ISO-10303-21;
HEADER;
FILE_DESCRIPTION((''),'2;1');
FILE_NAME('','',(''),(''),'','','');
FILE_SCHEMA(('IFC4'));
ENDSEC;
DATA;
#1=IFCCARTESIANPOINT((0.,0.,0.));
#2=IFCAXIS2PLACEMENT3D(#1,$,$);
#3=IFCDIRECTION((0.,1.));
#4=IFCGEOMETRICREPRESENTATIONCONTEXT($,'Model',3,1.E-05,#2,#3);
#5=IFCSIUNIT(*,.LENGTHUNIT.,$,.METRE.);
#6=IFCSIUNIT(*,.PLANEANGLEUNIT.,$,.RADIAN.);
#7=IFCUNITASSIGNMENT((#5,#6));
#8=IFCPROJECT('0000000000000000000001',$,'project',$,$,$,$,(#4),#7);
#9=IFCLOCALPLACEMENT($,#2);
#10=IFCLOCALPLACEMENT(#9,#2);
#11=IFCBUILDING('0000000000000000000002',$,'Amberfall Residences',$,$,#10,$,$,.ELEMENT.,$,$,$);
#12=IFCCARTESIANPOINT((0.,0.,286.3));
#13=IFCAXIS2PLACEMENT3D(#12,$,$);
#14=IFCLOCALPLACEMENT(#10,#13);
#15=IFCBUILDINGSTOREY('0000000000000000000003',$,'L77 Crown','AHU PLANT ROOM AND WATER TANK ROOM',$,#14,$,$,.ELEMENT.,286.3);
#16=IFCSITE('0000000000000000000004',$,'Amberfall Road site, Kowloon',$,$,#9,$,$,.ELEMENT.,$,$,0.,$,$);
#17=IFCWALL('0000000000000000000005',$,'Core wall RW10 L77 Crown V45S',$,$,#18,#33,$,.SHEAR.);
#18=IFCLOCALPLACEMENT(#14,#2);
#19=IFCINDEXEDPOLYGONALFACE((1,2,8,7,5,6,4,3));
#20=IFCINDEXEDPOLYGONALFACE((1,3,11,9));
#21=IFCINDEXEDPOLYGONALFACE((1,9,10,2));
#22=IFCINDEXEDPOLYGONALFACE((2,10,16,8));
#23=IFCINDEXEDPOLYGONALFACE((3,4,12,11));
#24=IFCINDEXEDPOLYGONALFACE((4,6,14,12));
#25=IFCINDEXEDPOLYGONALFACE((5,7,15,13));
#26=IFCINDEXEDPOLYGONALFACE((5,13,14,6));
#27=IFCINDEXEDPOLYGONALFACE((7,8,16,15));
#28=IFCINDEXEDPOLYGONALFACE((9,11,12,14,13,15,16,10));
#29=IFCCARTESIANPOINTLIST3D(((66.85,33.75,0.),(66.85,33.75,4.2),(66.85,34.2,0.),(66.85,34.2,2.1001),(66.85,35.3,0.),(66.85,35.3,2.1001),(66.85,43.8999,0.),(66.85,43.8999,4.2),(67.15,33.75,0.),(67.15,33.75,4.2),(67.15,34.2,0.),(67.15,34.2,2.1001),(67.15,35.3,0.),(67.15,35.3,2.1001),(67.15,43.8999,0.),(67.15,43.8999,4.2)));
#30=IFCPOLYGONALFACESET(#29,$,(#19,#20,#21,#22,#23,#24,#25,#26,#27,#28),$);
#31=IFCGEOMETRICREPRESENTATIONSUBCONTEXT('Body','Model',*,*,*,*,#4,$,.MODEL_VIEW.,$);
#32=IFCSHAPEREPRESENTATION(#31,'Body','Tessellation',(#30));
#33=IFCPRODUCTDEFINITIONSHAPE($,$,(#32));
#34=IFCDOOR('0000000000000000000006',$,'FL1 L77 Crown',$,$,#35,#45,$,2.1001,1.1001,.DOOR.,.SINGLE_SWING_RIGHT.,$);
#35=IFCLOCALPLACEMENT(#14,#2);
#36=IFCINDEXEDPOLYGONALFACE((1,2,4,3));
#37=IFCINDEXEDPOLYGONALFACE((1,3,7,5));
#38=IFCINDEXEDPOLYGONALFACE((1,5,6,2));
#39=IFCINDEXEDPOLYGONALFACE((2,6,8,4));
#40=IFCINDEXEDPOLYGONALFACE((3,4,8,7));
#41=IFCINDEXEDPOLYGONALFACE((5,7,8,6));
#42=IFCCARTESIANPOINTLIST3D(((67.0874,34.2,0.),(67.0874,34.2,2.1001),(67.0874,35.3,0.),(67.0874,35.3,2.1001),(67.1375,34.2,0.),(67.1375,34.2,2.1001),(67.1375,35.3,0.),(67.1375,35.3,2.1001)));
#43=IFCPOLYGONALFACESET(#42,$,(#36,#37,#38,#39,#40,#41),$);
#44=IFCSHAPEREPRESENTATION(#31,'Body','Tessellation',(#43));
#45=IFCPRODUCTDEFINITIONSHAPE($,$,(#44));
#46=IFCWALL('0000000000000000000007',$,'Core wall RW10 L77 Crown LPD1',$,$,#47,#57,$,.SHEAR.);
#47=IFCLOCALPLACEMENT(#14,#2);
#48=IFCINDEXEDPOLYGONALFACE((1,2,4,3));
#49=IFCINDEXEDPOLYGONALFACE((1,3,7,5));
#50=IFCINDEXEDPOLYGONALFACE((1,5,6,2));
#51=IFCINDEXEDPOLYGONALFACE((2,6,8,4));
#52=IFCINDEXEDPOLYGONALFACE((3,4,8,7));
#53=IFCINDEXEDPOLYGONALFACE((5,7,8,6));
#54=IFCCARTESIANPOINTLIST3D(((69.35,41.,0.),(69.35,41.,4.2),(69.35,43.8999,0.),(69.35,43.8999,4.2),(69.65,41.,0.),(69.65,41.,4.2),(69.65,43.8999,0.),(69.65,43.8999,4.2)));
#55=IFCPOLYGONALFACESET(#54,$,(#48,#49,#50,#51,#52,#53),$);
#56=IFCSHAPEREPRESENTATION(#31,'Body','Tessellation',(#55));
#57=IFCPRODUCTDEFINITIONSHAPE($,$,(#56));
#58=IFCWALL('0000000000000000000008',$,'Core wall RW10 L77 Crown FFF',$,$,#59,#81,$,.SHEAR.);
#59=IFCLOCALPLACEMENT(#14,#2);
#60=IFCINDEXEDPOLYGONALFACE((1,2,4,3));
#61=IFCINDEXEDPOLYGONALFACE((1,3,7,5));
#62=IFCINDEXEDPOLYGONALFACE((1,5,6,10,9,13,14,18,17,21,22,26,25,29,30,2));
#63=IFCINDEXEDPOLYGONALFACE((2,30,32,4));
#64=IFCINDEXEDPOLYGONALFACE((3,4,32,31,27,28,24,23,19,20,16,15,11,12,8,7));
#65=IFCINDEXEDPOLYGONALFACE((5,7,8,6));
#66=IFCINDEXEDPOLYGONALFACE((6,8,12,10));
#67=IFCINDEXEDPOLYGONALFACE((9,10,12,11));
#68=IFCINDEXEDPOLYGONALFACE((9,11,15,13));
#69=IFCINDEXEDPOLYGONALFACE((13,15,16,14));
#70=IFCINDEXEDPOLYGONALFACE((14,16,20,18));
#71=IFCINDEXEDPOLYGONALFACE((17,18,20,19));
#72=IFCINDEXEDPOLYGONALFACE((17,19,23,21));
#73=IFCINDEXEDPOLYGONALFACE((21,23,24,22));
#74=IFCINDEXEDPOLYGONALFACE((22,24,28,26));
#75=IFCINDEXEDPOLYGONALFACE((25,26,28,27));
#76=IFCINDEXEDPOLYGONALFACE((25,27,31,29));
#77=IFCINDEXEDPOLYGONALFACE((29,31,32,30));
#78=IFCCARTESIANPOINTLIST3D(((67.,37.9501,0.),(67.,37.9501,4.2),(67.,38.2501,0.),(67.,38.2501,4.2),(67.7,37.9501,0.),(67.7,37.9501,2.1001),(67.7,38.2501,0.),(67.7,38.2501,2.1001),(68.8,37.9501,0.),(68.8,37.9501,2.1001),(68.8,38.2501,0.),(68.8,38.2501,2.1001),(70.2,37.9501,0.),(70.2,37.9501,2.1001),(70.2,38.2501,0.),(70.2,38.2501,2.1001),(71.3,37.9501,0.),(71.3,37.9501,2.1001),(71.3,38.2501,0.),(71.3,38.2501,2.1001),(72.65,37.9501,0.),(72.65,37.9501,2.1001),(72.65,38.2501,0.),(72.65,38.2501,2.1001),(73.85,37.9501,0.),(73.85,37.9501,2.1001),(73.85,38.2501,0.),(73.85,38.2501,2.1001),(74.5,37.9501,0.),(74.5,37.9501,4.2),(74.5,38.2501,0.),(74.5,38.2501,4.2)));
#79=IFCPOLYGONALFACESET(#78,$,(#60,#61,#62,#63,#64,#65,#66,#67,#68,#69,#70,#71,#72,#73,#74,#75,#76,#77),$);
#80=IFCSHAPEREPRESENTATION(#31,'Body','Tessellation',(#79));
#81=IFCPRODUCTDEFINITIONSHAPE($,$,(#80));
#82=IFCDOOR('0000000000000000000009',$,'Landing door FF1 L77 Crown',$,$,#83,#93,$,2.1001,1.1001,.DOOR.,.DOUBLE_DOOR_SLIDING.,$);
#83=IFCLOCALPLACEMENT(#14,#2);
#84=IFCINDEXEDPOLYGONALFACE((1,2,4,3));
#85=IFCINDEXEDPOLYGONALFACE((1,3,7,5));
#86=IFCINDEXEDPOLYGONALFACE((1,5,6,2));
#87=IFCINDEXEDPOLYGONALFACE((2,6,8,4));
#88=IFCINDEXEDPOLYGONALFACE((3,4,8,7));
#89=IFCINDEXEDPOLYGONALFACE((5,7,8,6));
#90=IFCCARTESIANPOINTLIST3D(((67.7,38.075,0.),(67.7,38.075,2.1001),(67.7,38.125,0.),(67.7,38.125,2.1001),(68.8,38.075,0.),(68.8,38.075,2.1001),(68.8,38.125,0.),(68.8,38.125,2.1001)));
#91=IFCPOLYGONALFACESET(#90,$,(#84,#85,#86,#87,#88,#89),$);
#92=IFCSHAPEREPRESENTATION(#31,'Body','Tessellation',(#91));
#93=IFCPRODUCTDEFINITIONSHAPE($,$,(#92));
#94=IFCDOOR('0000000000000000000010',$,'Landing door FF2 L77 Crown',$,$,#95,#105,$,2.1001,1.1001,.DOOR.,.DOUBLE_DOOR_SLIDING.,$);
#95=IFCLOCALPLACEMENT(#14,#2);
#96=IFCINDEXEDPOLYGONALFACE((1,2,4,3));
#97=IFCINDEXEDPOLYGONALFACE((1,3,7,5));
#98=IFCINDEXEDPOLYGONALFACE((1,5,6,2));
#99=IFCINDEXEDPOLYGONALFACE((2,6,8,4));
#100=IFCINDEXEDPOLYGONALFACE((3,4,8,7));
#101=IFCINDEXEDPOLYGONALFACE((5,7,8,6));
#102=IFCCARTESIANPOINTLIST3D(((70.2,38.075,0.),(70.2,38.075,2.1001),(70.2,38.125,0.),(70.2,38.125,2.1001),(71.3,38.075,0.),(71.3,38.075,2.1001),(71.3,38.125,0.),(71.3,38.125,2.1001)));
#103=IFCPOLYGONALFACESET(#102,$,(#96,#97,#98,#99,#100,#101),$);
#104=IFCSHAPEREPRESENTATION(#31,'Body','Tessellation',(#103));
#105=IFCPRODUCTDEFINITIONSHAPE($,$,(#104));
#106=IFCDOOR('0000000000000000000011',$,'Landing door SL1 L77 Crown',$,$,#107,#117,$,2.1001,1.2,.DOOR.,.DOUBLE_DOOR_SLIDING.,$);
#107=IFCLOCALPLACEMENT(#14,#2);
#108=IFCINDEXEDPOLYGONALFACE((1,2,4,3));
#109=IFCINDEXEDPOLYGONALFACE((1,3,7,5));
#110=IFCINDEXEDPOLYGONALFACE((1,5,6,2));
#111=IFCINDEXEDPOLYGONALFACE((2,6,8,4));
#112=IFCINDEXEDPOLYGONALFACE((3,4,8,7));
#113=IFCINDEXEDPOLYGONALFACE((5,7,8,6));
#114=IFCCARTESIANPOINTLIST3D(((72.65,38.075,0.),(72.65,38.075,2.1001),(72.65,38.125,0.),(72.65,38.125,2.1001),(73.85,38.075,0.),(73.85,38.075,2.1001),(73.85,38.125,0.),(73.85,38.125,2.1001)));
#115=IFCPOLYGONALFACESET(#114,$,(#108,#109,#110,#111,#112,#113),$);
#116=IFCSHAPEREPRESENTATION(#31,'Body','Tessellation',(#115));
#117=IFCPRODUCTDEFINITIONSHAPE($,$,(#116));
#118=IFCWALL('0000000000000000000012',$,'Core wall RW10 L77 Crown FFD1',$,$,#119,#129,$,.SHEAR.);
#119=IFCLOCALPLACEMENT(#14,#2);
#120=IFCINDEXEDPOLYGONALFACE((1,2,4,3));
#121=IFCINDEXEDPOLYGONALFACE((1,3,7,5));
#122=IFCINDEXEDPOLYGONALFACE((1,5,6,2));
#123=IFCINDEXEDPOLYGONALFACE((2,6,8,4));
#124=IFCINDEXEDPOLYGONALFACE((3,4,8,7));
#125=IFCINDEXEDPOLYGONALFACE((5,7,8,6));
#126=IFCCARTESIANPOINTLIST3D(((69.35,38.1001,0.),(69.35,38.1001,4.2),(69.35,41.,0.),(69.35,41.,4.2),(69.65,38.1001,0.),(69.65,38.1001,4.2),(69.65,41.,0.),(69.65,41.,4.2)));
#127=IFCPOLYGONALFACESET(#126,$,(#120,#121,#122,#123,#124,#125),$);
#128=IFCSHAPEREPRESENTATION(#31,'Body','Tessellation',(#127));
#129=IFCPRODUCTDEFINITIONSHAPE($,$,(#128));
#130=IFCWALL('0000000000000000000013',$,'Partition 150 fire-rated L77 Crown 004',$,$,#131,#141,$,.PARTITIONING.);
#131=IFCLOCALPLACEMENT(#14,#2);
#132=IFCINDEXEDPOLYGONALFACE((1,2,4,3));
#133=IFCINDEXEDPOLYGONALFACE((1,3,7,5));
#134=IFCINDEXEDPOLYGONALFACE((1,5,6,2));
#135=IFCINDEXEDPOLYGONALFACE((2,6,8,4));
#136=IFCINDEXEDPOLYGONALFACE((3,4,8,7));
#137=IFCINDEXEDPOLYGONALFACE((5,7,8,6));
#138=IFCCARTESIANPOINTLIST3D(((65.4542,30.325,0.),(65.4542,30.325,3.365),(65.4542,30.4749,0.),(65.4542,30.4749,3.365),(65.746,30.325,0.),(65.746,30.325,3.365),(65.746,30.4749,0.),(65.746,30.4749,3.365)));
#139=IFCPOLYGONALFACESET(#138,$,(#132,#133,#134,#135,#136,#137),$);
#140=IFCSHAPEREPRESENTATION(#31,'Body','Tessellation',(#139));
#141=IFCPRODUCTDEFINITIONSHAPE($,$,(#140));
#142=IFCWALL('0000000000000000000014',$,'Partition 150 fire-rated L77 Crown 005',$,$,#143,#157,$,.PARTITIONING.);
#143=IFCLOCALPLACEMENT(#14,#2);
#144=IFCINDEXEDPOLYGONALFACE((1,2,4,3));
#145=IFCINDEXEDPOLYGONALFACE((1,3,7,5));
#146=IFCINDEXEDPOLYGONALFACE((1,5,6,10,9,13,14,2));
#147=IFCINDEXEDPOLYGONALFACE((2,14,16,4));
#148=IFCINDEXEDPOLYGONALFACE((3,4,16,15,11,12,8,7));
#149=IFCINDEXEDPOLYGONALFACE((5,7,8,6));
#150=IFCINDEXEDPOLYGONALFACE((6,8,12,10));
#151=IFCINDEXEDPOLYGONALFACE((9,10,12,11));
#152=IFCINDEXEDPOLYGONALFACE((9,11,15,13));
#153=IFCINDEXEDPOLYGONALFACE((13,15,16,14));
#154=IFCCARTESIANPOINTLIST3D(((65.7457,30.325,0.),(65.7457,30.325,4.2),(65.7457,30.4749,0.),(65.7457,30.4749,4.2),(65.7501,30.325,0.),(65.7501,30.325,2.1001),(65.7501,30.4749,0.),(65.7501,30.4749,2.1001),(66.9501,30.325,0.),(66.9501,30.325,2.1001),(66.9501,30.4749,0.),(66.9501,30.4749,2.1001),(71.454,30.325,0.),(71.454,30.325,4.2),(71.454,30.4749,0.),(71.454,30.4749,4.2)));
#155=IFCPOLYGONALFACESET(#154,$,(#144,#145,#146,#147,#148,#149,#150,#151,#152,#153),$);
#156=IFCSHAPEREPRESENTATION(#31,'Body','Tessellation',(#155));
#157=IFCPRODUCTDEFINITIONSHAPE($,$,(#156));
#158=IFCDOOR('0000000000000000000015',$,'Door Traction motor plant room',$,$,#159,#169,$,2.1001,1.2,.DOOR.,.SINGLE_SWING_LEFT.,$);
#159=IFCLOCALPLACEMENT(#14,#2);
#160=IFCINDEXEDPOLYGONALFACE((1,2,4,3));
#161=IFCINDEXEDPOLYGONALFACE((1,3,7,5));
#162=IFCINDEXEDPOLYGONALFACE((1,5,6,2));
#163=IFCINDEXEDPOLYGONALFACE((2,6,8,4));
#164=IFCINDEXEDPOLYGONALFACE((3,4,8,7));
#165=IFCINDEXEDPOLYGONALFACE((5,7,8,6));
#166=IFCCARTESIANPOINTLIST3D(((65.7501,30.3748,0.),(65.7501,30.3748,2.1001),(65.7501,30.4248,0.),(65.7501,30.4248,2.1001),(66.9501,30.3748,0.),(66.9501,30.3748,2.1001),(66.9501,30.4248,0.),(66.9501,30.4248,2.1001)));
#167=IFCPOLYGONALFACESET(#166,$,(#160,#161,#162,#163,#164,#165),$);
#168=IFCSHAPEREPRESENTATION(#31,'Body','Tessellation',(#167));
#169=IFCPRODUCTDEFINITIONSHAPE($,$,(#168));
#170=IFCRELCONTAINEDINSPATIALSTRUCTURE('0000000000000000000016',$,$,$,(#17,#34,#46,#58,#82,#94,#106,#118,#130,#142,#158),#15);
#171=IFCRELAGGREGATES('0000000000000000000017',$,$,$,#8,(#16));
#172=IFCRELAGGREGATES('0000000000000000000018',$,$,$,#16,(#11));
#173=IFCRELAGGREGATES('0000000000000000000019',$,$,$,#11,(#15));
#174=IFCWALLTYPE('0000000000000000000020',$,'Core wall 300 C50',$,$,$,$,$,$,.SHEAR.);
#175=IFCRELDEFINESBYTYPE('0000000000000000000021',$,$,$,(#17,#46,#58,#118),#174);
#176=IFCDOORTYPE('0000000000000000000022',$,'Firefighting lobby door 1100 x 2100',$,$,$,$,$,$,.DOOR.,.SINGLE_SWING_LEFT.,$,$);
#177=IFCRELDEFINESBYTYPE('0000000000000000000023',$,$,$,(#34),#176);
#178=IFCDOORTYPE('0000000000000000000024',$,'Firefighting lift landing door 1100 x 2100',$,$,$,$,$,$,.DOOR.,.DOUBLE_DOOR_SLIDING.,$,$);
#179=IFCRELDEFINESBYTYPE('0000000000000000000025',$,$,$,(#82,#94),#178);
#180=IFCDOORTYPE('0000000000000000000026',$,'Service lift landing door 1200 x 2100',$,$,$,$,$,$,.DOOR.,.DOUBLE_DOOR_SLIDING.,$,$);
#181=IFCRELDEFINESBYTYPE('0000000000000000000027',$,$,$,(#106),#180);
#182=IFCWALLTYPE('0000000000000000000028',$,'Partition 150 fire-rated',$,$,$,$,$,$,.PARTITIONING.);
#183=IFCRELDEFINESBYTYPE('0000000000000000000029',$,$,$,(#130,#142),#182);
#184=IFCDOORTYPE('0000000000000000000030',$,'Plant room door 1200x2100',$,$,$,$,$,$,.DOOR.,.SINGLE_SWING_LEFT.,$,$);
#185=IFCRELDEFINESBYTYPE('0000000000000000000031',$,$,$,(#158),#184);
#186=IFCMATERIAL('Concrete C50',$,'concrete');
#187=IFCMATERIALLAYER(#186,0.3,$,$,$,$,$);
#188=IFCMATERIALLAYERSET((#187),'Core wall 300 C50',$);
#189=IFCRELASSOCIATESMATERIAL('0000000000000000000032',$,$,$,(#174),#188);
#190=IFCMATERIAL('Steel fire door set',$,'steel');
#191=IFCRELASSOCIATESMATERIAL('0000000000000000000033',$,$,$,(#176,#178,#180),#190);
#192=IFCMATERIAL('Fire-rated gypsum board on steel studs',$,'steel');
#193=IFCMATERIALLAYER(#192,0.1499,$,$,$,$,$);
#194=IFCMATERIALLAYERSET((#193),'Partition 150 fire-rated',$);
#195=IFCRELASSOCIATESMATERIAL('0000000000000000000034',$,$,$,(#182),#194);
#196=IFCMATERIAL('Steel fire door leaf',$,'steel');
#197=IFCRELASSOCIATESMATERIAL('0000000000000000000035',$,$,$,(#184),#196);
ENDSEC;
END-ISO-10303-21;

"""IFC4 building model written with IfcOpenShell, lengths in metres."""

from ifc_helpers import new_model, si_unit, direction, frame, frame_2d, origin, place, context, subcontext, project, spatial, rectangle, extrude, material, layer, layer_set, type_object, element, fill, save


model = new_model("IFC4")

# Units and contexts
model_context = context("Model", 3, precision=1e-05, world=origin(), true_north=direction((0.0, 1.0)))
body_context = subcontext(model_context, "Body", "Model", "MODEL_VIEW")
ifc_project = project(units=[si_unit("LENGTHUNIT", "METRE"), si_unit("PLANEANGLEUNIT", "RADIAN")], contexts=[model_context])

# Site, building, storey
site_placement = place(None, origin())
site = spatial("IfcSite", under=ifc_project, at=site_placement, Name="Amberfall Road site, Kowloon", CompositionType="ELEMENT", RefElevation=0.0)
building_placement = place(site_placement, origin())
building = spatial("IfcBuilding", under=site, at=building_placement, Name="Amberfall Residences", CompositionType="ELEMENT")
storey_placement = place(building_placement, frame((0.0, 0.0, 286.3)))
storey = spatial("IfcBuildingStorey", under=building, at=storey_placement, Name="L77 Crown", Description="AHU PLANT ROOM AND WATER TANK ROOM", CompositionType="ELEMENT", Elevation=286.3)

# Wall, opening, door
ifc_material_1 = material(Name="Concrete C50", Category="concrete")
ifc_layer_1 = layer(ifc_material_1, 0.3)
ifc_layer_set_1 = layer_set([ifc_layer_1], Name="Core wall 300 C50")
wall_type_1 = type_object("IfcWallType", Name="Core wall 300 C50", PredefinedType="SHEAR", material=ifc_layer_set_1)
wall_1_placement = place(storey_placement, frame((67.0, 33.75, 0.0), z_axis=(0.0, 0.0, 1.0), x_axis=(0.0, 1.0, 0.0)))
wall_1 = element("IfcWall", 1, at=wall_1_placement, inside=storey, type_object=wall_type_1, Name="Core wall RW10 L77 Crown V45S", PredefinedType="SHEAR", context=body_context, shape_type="SweptSolid", body=[
    extrude(rectangle(XDim=10.1499, YDim=0.3, at=frame_2d((5.075, 0.0))), origin(), (0.0, 0.0, 1.0), 4.2),
])
opening_1_placement = place(wall_1_placement, frame((0.45, 0.0, 0.0)))
opening_1 = element("IfcOpeningElement", 2, at=opening_1_placement, cuts=wall_1, PredefinedType="OPENING", context=body_context, shape_type="SweptSolid", body=[
    extrude(rectangle(XDim=1.1001, YDim=2.1001, at=frame_2d((0.55, 1.05))), frame((0.0, 0.1599, 0.0), z_axis=(0.0, -1.0, 0.0), x_axis=(1.0, 0.0, 0.0)), (0.0, 0.0, 1.0), 0.3201),
])
ifc_material_2 = material(Name="Steel fire door set", Category="steel")
door_type_1 = type_object("IfcDoorType", Name="Firefighting lobby door 1100 x 2100", OperationType="SINGLE_SWING_LEFT", PredefinedType="DOOR", material=ifc_material_2)
door_1_placement = place(opening_1_placement, origin())
door_1 = element("IfcDoor", 3, at=door_1_placement, inside=storey, type_object=door_type_1, Name="FL1 L77 Crown", OperationType="SINGLE_SWING_RIGHT", OverallHeight=2.1001, OverallWidth=1.1001, PredefinedType="DOOR", context=body_context, shape_type="SweptSolid", body=[
    extrude(rectangle(XDim=1.1001, YDim=2.1001, at=frame_2d((0.55, 1.05))), frame((0.0, -0.0874, 0.0), z_axis=(0.0, -1.0, 0.0), x_axis=(1.0, 0.0, 0.0)), (0.0, 0.0, 1.0), 0.05),
])
fill(opening_1, door_1)

# Wall
wall_2_placement = place(storey_placement, frame((69.5, 41.0, 0.0), z_axis=(0.0, 0.0, 1.0), x_axis=(0.0, 1.0, 0.0)))
element("IfcWall", 4, at=wall_2_placement, inside=storey, type_object=wall_type_1, Name="Core wall RW10 L77 Crown LPD1", PredefinedType="SHEAR", context=body_context, shape_type="SweptSolid", body=[
    extrude(rectangle(XDim=2.8999, YDim=0.3, at=frame_2d((1.45, 0.0))), origin(), (0.0, 0.0, 1.0), 4.2),
])

# Wall, openings, doors
wall_3_placement = place(storey_placement, frame((67.0, 38.1001, 0.0), z_axis=(0.0, 0.0, 1.0), x_axis=(1.0, 0.0, 0.0)))
wall_3 = element("IfcWall", 5, at=wall_3_placement, inside=storey, type_object=wall_type_1, Name="Core wall RW10 L77 Crown FFF", PredefinedType="SHEAR", context=body_context, shape_type="SweptSolid", body=[
    extrude(rectangle(XDim=7.5, YDim=0.3, at=frame_2d((3.75, 0.0))), origin(), (0.0, 0.0, 1.0), 4.2),
])
opening_2_placement = place(wall_3_placement, frame((0.7, 0.0, 0.0)))
opening_2 = element("IfcOpeningElement", 6, at=opening_2_placement, cuts=wall_3, PredefinedType="OPENING", context=body_context, shape_type="SweptSolid", body=[
    extrude(rectangle(XDim=1.1001, YDim=2.1001, at=frame_2d((0.55, 1.05))), frame((0.0, 0.1599, 0.0), z_axis=(0.0, -1.0, 0.0), x_axis=(1.0, 0.0, 0.0)), (0.0, 0.0, 1.0), 0.3201),
])
opening_3_placement = place(wall_3_placement, frame((3.2, 0.0, 0.0)))
opening_3 = element("IfcOpeningElement", 7, at=opening_3_placement, cuts=wall_3, PredefinedType="OPENING", context=body_context, shape_type="SweptSolid", body=[
    extrude(rectangle(XDim=1.1001, YDim=2.1001, at=frame_2d((0.55, 1.05))), frame((0.0, 0.1599, 0.0), z_axis=(0.0, -1.0, 0.0), x_axis=(1.0, 0.0, 0.0)), (0.0, 0.0, 1.0), 0.3201),
])
opening_4_placement = place(wall_3_placement, frame((5.6499, 0.0, 0.0)))
opening_4 = element("IfcOpeningElement", 8, at=opening_4_placement, cuts=wall_3, PredefinedType="OPENING", context=body_context, shape_type="SweptSolid", body=[
    extrude(rectangle(XDim=1.2, YDim=2.1001, at=frame_2d((0.6001, 1.05))), frame((0.0, 0.1599, 0.0), z_axis=(0.0, -1.0, 0.0), x_axis=(1.0, 0.0, 0.0)), (0.0, 0.0, 1.0), 0.3201),
])
door_type_2 = type_object("IfcDoorType", Name="Firefighting lift landing door 1100 x 2100", OperationType="DOUBLE_DOOR_SLIDING", PredefinedType="DOOR", material=ifc_material_2)
door_2_placement = place(opening_2_placement, origin())
door_2 = element("IfcDoor", 9, at=door_2_placement, inside=storey, type_object=door_type_2, Name="Landing door FF1 L77 Crown", OperationType="DOUBLE_DOOR_SLIDING", OverallHeight=2.1001, OverallWidth=1.1001, PredefinedType="DOOR", context=body_context, shape_type="SweptSolid", body=[
    extrude(rectangle(XDim=1.1001, YDim=2.1001, at=frame_2d((0.55, 1.05))), frame((0.0, 0.0249, 0.0), z_axis=(0.0, -1.0, 0.0), x_axis=(1.0, 0.0, 0.0)), (0.0, 0.0, 1.0), 0.05),
])
fill(opening_2, door_2)
door_3_placement = place(opening_3_placement, origin())
door_3 = element("IfcDoor", 10, at=door_3_placement, inside=storey, type_object=door_type_2, Name="Landing door FF2 L77 Crown", OperationType="DOUBLE_DOOR_SLIDING", OverallHeight=2.1001, OverallWidth=1.1001, PredefinedType="DOOR", context=body_context, shape_type="SweptSolid", body=[
    extrude(rectangle(XDim=1.1001, YDim=2.1001, at=frame_2d((0.55, 1.05))), frame((0.0, 0.0249, 0.0), z_axis=(0.0, -1.0, 0.0), x_axis=(1.0, 0.0, 0.0)), (0.0, 0.0, 1.0), 0.05),
])
fill(opening_3, door_3)
door_type_3 = type_object("IfcDoorType", Name="Service lift landing door 1200 x 2100", OperationType="DOUBLE_DOOR_SLIDING", PredefinedType="DOOR", material=ifc_material_2)
door_4_placement = place(opening_4_placement, origin())
door_4 = element("IfcDoor", 11, at=door_4_placement, inside=storey, type_object=door_type_3, Name="Landing door SL1 L77 Crown", OperationType="DOUBLE_DOOR_SLIDING", OverallHeight=2.1001, OverallWidth=1.2, PredefinedType="DOOR", context=body_context, shape_type="SweptSolid", body=[
    extrude(rectangle(XDim=1.2, YDim=2.1001, at=frame_2d((0.6001, 1.05))), frame((0.0, 0.0249, 0.0), z_axis=(0.0, -1.0, 0.0), x_axis=(1.0, 0.0, 0.0)), (0.0, 0.0, 1.0), 0.05),
])
fill(opening_4, door_4)

# Walls
wall_4_placement = place(storey_placement, frame((69.5, 38.1001, 0.0), z_axis=(0.0, 0.0, 1.0), x_axis=(0.0, 1.0, 0.0)))
element("IfcWall", 12, at=wall_4_placement, inside=storey, type_object=wall_type_1, Name="Core wall RW10 L77 Crown FFD1", PredefinedType="SHEAR", context=body_context, shape_type="SweptSolid", body=[
    extrude(rectangle(XDim=2.8999, YDim=0.3, at=frame_2d((1.45, 0.0))), origin(), (0.0, 0.0, 1.0), 4.2),
])
ifc_material_3 = material(Name="Fire-rated gypsum board on steel studs", Category="steel")
ifc_layer_2 = layer(ifc_material_3, 0.1499)
ifc_layer_set_2 = layer_set([ifc_layer_2], Name="Partition 150 fire-rated")
wall_type_2 = type_object("IfcWallType", Name="Partition 150 fire-rated", PredefinedType="PARTITIONING", material=ifc_layer_set_2)
wall_5_placement = place(storey_placement, frame((65.4541, 30.3999, 0.0), z_axis=(0.0, 0.0, 1.0), x_axis=(1.0, 0.0, 0.0)))
element("IfcWall", 13, at=wall_5_placement, inside=storey, type_object=wall_type_2, Name="Partition 150 fire-rated L77 Crown 004", PredefinedType="PARTITIONING", context=body_context, shape_type="SweptSolid", body=[
    extrude(rectangle(XDim=0.2917, YDim=0.1499, at=frame_2d((0.146, 0.0))), origin(), (0.0, 0.0, 1.0), 3.365),
])

# Wall, opening, door
wall_6_placement = place(storey_placement, frame((65.7458, 30.3999, 0.0), z_axis=(0.0, 0.0, 1.0), x_axis=(1.0, 0.0, 0.0)))
wall_6 = element("IfcWall", 14, at=wall_6_placement, inside=storey, type_object=wall_type_2, Name="Partition 150 fire-rated L77 Crown 005", PredefinedType="PARTITIONING", context=body_context, shape_type="SweptSolid", body=[
    extrude(rectangle(XDim=5.7083, YDim=0.1499, at=frame_2d((2.854, 0.0))), origin(), (0.0, 0.0, 1.0), 4.2),
])
opening_5_placement = place(wall_6_placement, frame((0.0042, 0.0, 0.0)))
opening_5 = element("IfcOpeningElement", 15, at=opening_5_placement, cuts=wall_6, PredefinedType="OPENING", context=body_context, shape_type="SweptSolid", body=[
    extrude(rectangle(XDim=1.2, YDim=2.1001, at=frame_2d((0.6001, 1.05))), frame((0.0, 0.085, 0.0), z_axis=(0.0, -1.0, 0.0), x_axis=(1.0, 0.0, 0.0)), (0.0, 0.0, 1.0), 0.1699),
])
ifc_material_4 = material(Name="Steel fire door leaf", Category="steel")
door_type_4 = type_object("IfcDoorType", Name="Plant room door 1200x2100", OperationType="SINGLE_SWING_LEFT", PredefinedType="DOOR", material=ifc_material_4)
door_5_placement = place(opening_5_placement, origin())
door_5 = element("IfcDoor", 16, at=door_5_placement, inside=storey, type_object=door_type_4, Name="Door Traction motor plant room", OperationType="SINGLE_SWING_LEFT", OverallHeight=2.1001, OverallWidth=1.2, PredefinedType="DOOR", context=body_context, shape_type="SweptSolid", body=[
    extrude(rectangle(XDim=1.2, YDim=2.1001, at=frame_2d((0.6001, 1.05))), frame((0.0, 0.0249, 0.0), z_axis=(0.0, -1.0, 0.0), x_axis=(1.0, 0.0, 0.0)), (0.0, 0.0, 1.0), 0.05),
])
fill(opening_5, door_5)

save(model, "model.ifc")
